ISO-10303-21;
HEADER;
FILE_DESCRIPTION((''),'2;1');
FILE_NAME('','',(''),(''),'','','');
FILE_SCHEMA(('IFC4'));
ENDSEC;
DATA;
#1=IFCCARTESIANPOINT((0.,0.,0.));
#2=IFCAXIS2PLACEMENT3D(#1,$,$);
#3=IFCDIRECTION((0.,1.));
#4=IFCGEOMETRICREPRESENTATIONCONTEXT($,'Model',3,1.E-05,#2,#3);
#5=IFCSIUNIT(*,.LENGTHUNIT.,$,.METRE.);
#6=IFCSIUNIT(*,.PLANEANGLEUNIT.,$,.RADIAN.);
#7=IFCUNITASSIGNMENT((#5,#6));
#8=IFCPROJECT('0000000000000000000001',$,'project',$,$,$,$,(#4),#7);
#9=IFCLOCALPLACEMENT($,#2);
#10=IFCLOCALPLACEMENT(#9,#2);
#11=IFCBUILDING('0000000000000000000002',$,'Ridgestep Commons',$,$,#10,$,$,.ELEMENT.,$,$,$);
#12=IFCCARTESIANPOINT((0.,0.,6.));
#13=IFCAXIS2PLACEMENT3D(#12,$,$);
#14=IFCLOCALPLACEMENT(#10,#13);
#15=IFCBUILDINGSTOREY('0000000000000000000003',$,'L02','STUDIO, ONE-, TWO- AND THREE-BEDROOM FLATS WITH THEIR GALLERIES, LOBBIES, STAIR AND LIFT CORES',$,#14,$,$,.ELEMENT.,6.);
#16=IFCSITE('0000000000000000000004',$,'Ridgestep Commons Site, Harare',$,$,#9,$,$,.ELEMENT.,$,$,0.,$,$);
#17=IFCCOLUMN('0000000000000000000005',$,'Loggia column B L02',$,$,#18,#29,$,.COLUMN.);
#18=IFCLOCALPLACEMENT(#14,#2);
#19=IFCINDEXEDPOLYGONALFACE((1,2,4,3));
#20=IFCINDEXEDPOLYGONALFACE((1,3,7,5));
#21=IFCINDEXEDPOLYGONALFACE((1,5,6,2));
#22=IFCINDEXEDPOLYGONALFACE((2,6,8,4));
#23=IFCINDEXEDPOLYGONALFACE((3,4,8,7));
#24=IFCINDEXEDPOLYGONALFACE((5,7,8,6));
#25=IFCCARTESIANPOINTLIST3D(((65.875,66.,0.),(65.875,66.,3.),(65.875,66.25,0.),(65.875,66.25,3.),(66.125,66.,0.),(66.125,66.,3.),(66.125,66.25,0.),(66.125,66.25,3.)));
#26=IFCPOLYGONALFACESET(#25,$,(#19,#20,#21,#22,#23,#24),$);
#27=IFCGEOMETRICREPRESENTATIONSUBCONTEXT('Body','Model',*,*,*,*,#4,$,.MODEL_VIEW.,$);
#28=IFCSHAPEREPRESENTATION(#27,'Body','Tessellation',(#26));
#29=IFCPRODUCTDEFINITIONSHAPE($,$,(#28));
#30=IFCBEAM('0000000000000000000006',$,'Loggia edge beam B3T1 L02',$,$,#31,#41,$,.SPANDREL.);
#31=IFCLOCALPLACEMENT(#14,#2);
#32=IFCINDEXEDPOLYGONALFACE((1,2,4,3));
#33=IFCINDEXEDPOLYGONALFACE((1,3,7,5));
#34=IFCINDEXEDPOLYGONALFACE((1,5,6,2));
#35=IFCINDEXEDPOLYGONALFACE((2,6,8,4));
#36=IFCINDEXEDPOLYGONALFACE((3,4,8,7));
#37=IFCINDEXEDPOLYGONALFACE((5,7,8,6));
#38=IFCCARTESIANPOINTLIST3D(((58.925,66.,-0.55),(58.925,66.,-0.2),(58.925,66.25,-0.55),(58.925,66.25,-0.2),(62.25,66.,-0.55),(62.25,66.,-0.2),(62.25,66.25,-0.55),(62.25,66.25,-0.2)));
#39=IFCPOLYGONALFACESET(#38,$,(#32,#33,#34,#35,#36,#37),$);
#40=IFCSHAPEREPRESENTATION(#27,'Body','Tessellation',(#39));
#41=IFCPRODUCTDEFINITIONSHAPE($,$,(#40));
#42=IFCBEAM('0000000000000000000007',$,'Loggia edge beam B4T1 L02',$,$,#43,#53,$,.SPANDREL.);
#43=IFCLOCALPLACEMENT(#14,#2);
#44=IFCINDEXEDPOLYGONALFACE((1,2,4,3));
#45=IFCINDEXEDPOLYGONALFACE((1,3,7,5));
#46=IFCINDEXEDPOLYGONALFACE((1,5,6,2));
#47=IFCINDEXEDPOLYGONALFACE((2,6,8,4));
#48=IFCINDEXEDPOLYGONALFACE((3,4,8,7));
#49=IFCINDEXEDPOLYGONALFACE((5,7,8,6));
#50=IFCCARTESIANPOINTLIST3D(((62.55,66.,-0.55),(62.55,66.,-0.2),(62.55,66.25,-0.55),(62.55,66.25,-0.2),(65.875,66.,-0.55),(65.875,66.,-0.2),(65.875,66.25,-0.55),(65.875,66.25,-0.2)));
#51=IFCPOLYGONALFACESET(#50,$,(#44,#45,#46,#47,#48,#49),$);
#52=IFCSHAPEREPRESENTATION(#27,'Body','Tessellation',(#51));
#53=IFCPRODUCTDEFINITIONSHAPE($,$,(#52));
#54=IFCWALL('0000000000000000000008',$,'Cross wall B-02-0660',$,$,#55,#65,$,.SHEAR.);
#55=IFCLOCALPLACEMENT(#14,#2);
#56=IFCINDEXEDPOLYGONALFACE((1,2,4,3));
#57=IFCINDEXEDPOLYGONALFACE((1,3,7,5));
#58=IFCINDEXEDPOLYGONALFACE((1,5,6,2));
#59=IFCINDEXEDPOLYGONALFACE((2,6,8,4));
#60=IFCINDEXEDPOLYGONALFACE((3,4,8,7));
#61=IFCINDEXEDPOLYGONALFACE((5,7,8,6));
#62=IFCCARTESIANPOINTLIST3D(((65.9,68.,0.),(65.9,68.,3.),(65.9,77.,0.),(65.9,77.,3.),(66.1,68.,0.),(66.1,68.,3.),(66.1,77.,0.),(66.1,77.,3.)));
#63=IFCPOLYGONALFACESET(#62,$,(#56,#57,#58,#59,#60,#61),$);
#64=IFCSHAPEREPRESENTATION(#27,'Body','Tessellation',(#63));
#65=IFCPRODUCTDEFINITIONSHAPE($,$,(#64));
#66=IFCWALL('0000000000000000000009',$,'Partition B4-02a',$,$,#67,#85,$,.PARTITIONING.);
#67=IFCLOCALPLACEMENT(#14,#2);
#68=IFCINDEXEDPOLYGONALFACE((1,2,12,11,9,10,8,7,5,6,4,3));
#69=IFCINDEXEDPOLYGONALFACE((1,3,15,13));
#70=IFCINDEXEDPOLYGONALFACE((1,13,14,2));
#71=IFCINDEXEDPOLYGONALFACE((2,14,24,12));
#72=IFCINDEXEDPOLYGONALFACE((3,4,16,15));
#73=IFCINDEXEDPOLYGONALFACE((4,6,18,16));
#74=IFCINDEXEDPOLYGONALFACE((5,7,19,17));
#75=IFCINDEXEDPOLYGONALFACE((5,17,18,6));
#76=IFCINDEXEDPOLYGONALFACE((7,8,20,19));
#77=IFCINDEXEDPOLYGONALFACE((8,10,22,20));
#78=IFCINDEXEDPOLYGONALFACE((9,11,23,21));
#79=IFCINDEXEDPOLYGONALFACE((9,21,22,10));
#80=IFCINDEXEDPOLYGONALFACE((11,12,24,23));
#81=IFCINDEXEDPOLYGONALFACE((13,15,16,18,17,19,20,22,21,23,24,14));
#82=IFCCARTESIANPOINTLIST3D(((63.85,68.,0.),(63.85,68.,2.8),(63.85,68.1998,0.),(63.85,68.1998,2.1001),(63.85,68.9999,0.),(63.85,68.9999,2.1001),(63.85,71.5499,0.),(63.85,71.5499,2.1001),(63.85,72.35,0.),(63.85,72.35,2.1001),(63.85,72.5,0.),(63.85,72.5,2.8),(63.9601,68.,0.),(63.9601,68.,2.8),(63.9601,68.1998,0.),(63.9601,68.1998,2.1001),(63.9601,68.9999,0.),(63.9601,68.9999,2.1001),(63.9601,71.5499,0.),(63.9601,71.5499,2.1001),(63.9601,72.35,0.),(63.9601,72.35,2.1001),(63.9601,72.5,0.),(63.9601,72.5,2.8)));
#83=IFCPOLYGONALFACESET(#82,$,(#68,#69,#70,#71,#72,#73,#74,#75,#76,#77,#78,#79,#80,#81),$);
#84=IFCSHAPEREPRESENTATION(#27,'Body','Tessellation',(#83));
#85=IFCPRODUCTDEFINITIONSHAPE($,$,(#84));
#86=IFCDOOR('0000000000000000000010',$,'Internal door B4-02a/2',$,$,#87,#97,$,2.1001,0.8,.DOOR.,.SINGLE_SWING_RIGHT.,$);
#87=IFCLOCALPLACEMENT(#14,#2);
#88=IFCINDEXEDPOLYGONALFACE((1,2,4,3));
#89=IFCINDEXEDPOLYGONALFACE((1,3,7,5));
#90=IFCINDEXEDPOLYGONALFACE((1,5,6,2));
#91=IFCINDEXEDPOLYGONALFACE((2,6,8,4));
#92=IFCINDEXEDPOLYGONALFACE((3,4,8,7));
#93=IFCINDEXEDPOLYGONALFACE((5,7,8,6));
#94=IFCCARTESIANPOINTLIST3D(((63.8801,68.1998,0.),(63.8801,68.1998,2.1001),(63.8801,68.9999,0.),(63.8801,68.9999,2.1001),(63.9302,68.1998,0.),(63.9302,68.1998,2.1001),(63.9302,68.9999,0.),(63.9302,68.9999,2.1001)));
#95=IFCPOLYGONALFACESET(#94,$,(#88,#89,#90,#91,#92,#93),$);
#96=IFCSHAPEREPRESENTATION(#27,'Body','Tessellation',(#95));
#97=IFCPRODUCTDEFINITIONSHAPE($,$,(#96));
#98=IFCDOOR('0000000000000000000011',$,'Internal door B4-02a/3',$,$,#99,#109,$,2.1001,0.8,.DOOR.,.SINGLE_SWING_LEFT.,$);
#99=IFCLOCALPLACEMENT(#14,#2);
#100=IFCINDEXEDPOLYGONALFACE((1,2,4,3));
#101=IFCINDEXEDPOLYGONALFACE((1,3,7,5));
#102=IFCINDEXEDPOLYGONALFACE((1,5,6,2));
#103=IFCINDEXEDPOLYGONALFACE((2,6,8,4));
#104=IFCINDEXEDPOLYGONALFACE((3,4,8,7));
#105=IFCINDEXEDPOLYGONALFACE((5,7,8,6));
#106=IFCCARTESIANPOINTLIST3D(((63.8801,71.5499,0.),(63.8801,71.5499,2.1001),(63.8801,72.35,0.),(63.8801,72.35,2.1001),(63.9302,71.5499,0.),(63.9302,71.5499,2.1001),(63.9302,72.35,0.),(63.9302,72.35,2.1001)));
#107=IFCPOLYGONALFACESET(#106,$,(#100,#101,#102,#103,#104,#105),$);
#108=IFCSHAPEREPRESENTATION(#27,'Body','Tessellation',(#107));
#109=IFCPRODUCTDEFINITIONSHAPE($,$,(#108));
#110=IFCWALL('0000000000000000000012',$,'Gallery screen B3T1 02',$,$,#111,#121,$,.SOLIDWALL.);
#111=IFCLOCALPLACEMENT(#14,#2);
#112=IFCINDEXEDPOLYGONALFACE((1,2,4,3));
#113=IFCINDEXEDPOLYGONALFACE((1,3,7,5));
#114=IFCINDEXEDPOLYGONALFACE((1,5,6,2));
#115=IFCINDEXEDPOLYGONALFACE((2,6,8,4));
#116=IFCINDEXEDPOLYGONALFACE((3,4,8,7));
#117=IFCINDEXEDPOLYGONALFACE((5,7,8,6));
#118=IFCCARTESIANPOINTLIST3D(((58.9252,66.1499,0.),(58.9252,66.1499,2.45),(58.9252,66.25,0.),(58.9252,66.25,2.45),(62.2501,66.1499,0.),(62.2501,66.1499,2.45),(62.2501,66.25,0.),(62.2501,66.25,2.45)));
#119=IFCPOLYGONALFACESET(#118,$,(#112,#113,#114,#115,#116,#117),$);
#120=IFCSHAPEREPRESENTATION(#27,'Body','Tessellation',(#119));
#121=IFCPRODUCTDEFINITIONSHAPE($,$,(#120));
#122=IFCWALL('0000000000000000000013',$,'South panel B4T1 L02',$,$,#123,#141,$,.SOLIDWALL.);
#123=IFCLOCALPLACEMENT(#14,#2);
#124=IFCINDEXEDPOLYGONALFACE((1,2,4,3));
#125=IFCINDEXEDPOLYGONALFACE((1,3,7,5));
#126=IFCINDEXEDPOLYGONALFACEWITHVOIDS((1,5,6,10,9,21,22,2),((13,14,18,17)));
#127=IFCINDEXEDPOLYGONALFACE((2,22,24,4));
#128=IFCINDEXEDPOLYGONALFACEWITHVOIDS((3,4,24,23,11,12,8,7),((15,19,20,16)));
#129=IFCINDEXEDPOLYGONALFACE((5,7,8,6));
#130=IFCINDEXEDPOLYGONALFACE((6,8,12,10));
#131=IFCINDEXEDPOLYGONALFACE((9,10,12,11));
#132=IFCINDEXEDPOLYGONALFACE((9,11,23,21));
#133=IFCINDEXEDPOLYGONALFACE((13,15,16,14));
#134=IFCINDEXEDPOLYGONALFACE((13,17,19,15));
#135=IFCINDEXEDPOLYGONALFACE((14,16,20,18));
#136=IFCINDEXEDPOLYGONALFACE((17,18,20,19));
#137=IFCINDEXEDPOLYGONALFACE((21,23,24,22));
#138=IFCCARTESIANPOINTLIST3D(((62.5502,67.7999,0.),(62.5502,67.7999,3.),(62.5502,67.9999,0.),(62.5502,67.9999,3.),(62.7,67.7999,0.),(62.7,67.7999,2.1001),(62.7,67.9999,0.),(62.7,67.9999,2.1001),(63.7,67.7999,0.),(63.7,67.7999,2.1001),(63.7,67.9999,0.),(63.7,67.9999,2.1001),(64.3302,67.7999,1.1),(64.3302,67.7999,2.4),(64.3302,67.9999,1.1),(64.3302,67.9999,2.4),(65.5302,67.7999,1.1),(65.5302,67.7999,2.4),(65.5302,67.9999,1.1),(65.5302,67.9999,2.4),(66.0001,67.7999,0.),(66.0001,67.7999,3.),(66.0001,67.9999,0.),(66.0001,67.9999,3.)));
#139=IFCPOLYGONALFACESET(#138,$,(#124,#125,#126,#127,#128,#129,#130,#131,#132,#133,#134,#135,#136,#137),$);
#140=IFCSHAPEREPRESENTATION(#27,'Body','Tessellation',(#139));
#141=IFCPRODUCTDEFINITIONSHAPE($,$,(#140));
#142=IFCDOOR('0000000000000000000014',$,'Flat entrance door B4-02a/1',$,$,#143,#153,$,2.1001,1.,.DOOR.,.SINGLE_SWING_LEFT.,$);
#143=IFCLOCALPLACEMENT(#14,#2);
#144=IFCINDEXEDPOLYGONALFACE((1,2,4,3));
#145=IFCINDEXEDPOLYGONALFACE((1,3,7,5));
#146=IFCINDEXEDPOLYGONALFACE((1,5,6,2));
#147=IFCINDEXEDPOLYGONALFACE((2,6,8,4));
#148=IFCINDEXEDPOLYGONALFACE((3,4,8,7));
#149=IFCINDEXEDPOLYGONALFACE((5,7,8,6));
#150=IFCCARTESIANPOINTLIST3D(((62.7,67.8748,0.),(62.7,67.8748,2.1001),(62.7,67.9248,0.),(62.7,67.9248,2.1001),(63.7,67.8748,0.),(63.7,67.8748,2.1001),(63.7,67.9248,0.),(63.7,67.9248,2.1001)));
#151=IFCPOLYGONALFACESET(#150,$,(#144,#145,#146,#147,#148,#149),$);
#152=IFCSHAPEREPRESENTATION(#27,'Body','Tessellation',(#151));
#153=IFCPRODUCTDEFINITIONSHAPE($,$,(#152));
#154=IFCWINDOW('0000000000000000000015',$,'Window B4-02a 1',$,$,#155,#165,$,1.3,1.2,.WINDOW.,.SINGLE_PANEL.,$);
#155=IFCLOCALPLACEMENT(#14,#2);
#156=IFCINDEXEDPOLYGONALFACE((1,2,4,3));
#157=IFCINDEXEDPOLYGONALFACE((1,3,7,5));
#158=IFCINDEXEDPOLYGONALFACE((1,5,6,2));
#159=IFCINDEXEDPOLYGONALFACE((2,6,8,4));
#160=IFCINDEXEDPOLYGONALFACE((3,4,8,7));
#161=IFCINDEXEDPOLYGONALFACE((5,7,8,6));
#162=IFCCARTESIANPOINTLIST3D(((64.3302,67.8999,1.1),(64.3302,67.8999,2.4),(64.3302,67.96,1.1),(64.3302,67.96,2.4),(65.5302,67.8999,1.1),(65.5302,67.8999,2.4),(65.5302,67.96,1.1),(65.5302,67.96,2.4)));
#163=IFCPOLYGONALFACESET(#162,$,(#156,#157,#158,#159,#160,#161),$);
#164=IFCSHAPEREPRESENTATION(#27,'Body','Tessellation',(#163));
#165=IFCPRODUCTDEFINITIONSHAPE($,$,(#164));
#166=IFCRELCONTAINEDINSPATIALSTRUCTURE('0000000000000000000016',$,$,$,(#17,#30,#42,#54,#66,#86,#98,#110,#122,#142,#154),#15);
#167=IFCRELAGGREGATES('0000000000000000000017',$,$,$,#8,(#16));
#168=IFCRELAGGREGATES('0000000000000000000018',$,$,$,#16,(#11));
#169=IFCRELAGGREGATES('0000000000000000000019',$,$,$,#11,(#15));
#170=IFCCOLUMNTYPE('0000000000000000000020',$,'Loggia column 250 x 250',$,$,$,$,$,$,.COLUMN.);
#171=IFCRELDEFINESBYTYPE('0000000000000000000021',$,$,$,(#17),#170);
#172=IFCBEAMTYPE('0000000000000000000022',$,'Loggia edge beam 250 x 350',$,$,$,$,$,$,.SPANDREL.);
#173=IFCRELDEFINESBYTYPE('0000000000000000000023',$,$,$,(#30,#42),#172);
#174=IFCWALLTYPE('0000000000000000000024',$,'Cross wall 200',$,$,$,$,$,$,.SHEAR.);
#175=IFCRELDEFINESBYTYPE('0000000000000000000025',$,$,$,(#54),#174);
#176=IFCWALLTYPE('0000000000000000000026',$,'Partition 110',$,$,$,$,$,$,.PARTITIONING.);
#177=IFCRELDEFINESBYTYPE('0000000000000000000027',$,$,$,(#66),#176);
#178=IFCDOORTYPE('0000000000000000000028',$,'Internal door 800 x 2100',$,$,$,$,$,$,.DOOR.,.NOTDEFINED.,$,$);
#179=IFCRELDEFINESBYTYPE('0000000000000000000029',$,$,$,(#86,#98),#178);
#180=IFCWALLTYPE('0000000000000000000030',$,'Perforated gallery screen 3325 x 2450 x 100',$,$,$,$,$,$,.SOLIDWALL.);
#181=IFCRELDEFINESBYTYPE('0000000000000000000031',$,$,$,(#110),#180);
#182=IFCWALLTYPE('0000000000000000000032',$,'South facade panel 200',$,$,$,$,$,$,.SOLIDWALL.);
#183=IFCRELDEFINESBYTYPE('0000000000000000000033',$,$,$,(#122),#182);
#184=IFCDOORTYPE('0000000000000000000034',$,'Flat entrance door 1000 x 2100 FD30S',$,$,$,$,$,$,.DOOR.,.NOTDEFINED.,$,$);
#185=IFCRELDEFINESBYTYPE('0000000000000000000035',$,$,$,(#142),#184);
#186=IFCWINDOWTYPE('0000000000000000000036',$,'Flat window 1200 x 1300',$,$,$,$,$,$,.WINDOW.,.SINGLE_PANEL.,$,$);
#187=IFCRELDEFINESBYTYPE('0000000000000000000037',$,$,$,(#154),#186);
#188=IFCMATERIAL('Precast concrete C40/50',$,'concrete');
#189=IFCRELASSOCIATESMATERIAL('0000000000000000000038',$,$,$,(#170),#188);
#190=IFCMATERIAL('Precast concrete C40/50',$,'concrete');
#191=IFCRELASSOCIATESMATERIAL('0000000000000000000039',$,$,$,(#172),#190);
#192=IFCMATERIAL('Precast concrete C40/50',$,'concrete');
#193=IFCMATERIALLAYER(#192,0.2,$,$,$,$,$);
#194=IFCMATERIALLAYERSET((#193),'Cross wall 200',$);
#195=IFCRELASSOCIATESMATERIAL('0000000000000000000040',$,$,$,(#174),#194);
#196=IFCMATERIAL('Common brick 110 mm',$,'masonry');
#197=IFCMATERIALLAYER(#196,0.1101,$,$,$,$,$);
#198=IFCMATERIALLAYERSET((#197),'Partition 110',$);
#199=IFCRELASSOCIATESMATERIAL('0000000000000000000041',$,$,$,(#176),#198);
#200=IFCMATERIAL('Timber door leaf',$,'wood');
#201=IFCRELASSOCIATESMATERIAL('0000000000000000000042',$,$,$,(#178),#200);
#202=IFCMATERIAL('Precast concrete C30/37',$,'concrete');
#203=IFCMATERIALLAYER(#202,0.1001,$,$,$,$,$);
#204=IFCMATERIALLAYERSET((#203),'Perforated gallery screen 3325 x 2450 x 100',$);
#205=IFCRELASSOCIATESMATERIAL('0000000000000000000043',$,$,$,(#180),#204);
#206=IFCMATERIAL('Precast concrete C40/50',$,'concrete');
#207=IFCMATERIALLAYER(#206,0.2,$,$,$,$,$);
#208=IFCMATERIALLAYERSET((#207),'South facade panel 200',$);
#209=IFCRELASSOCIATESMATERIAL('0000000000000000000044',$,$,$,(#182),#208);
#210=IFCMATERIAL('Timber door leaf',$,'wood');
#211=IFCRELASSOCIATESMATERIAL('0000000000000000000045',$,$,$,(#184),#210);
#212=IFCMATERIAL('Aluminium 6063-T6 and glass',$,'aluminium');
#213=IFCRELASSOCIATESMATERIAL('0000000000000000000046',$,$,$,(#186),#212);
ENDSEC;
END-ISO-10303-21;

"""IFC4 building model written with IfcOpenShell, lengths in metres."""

from ifc_helpers import new_model, si_unit, direction, frame, frame_2d, origin, origin_2d, place, context, subcontext, project, spatial, rectangle, extrude, material, layer, layer_set, material_profile, profile_set, type_object, element, fill, save


model = new_model("IFC4")

# Units and contexts
model_context = context("Model", 3, precision=1e-05, world=origin(), true_north=direction((0.0, 1.0)))
body_context = subcontext(model_context, "Body", "Model", "MODEL_VIEW")
ifc_project = project(units=[si_unit("LENGTHUNIT", "METRE"), si_unit("PLANEANGLEUNIT", "RADIAN")], contexts=[model_context])

# Site, building, storey
site_placement = place(None, origin())
site = spatial("IfcSite", under=ifc_project, at=site_placement, Name="Ridgestep Commons Site, Harare", CompositionType="ELEMENT", RefElevation=0.0)
building_placement = place(site_placement, origin())
building = spatial("IfcBuilding", under=site, at=building_placement, Name="Ridgestep Commons", CompositionType="ELEMENT")
storey_placement = place(building_placement, frame((0.0, 0.0, 6.0)))
storey = spatial("IfcBuildingStorey", under=building, at=storey_placement, Name="L02", Description="STUDIO, ONE-, TWO- AND THREE-BEDROOM FLATS WITH THEIR GALLERIES, LOBBIES, STAIR AND LIFT CORES", CompositionType="ELEMENT", Elevation=6.0)

# Column
ifc_material_1 = material(Name="Precast concrete C40/50", Category="concrete")
ifc_material_profile_1 = material_profile(ifc_material_1, rectangle(XDim=0.25, YDim=0.25, at=origin_2d()), Name="PC 250x250")
ifc_profile_set_1 = profile_set([ifc_material_profile_1], Name="Precast concrete C40/50")
column_type = type_object("IfcColumnType", Name="Loggia column 250 x 250", PredefinedType="COLUMN", material=ifc_profile_set_1)
column_placement = place(storey_placement, frame((66.0, 66.125, 0.0), z_axis=(0.0, 0.0, 1.0), x_axis=(1.0, 0.0, 0.0)))
element("IfcColumn", 1, at=column_placement, inside=storey, type_object=column_type, Name="Loggia column B L02", PredefinedType="COLUMN", context=body_context, shape_type="SweptSolid", body=[
    extrude(rectangle(XDim=0.25, YDim=0.25, at=origin_2d()), origin(), (0.0, 0.0, 1.0), 3.0),
])

# Beams
ifc_material_2 = material(Name="Precast concrete C40/50", Category="concrete")
ifc_material_profile_2 = material_profile(ifc_material_2, rectangle(XDim=0.25, YDim=0.3501, at=origin_2d()), Name="PC 250x350")
ifc_profile_set_2 = profile_set([ifc_material_profile_2], Name="Precast concrete C40/50")
beam_type = type_object("IfcBeamType", Name="Loggia edge beam 250 x 350", PredefinedType="SPANDREL", material=ifc_profile_set_2)
for number, where, z_axis, x_axis, name in (
    (2, (58.925, 66.125, -0.375), (1.0, 0.0, 0.0), (0.0, 1.0, 0.0), "Loggia edge beam B3T1 L02"),
    (3, (62.55, 66.125, -0.375), (1.0, 0.0, 0.0), (0.0, 1.0, 0.0), "Loggia edge beam B4T1 L02"),
):
    element("IfcBeam", number, at=place(storey_placement, frame(where, z_axis=z_axis, x_axis=x_axis)), inside=storey, type_object=beam_type, Name=name, PredefinedType="SPANDREL", context=body_context, shape_type="SweptSolid", body=[
        extrude(rectangle(XDim=0.25, YDim=0.3501, at=origin_2d()), origin(), (0.0, 0.0, 1.0), 3.325),
    ])

# Wall
ifc_material_3 = material(Name="Precast concrete C40/50", Category="concrete")
ifc_layer_1 = layer(ifc_material_3, 0.2)
ifc_layer_set_1 = layer_set([ifc_layer_1], Name="Cross wall 200")
wall_type_1 = type_object("IfcWallType", Name="Cross wall 200", PredefinedType="SHEAR", material=ifc_layer_set_1)
wall_1_placement = place(storey_placement, frame((66.0, 68.0, 0.0), z_axis=(0.0, 0.0, 1.0), x_axis=(0.0, 1.0, 0.0)))
element("IfcWall", 4, at=wall_1_placement, inside=storey, type_object=wall_type_1, Name="Cross wall B-02-0660", PredefinedType="SHEAR", context=body_context, shape_type="SweptSolid", body=[
    extrude(rectangle(XDim=9.0, YDim=0.2, at=frame_2d((4.5, 0.0))), origin(), (0.0, 0.0, 1.0), 3.0),
])

# Wall, openings, doors
ifc_material_4 = material(Name="Common brick 110 mm", Category="masonry")
ifc_layer_2 = layer(ifc_material_4, 0.1101)
ifc_layer_set_2 = layer_set([ifc_layer_2], Name="Partition 110")
wall_type_2 = type_object("IfcWallType", Name="Partition 110", PredefinedType="PARTITIONING", material=ifc_layer_set_2)
wall_2_placement = place(storey_placement, frame((63.905, 68.0, 0.0), z_axis=(0.0, 0.0, 1.0), x_axis=(0.0, 1.0, 0.0)))
wall_2 = element("IfcWall", 5, at=wall_2_placement, inside=storey, type_object=wall_type_2, Name="Partition B4-02a", PredefinedType="PARTITIONING", context=body_context, shape_type="SweptSolid", body=[
    extrude(rectangle(XDim=4.5, YDim=0.1101, at=frame_2d((2.25, 0.0))), origin(), (0.0, 0.0, 1.0), 2.8),
])
opening_1_placement = place(wall_2_placement, frame((0.2, 0.0, 0.0)))
opening_1 = element("IfcOpeningElement", 6, at=opening_1_placement, cuts=wall_2, PredefinedType="OPENING", context=body_context, shape_type="SweptSolid", body=[
    extrude(rectangle(XDim=0.8, YDim=2.1001, at=frame_2d((0.3999, 1.05))), frame((0.0, 0.0649, 0.0), z_axis=(0.0, -1.0, 0.0), x_axis=(1.0, 0.0, 0.0)), (0.0, 0.0, 1.0), 0.1301),
])
opening_2_placement = place(wall_2_placement, frame((3.55, 0.0, 0.0)))
opening_2 = element("IfcOpeningElement", 7, at=opening_2_placement, cuts=wall_2, PredefinedType="OPENING", context=body_context, shape_type="SweptSolid", body=[
    extrude(rectangle(XDim=0.8, YDim=2.1001, at=frame_2d((0.3999, 1.05))), frame((0.0, 0.0649, 0.0), z_axis=(0.0, -1.0, 0.0), x_axis=(1.0, 0.0, 0.0)), (0.0, 0.0, 1.0), 0.1301),
])
ifc_material_5 = material(Name="Timber door leaf", Category="wood")
door_type_1 = type_object("IfcDoorType", Name="Internal door 800 x 2100", OperationType="NOTDEFINED", PredefinedType="DOOR", material=ifc_material_5)
door_1_placement = place(opening_1_placement, origin())
door_1 = element("IfcDoor", 8, at=door_1_placement, inside=storey, type_object=door_type_1, Name="Internal door B4-02a/2", OperationType="SINGLE_SWING_RIGHT", OverallHeight=2.1001, OverallWidth=0.8, PredefinedType="DOOR", context=body_context, shape_type="SweptSolid", body=[
    extrude(rectangle(XDim=0.8, YDim=2.1001, at=frame_2d((0.3999, 1.05))), frame((0.0, 0.0249, 0.0), z_axis=(0.0, -1.0, 0.0), x_axis=(1.0, 0.0, 0.0)), (0.0, 0.0, 1.0), 0.05),
])
fill(opening_1, door_1)
door_2_placement = place(opening_2_placement, origin())
door_2 = element("IfcDoor", 9, at=door_2_placement, inside=storey, type_object=door_type_1, Name="Internal door B4-02a/3", OperationType="SINGLE_SWING_LEFT", OverallHeight=2.1001, OverallWidth=0.8, PredefinedType="DOOR", context=body_context, shape_type="SweptSolid", body=[
    extrude(rectangle(XDim=0.8, YDim=2.1001, at=frame_2d((0.3999, 1.05))), frame((0.0, 0.0249, 0.0), z_axis=(0.0, -1.0, 0.0), x_axis=(1.0, 0.0, 0.0)), (0.0, 0.0, 1.0), 0.05),
])
fill(opening_2, door_2)

# Wall
ifc_material_6 = material(Name="Precast concrete C30/37", Category="concrete")
ifc_layer_3 = layer(ifc_material_6, 0.1001)
ifc_layer_set_3 = layer_set([ifc_layer_3], Name="Perforated gallery screen 3325 x 2450 x 100")
wall_type_3 = type_object("IfcWallType", Name="Perforated gallery screen 3325 x 2450 x 100", PredefinedType="SOLIDWALL", material=ifc_layer_set_3)
wall_3_placement = place(storey_placement, frame((58.925, 66.2, 0.0), z_axis=(0.0, 0.0, 1.0), x_axis=(1.0, 0.0, 0.0)))
element("IfcWall", 10, at=wall_3_placement, inside=storey, type_object=wall_type_3, Name="Gallery screen B3T1 02", PredefinedType="SOLIDWALL", context=body_context, shape_type="SweptSolid", body=[
    extrude(rectangle(XDim=3.325, YDim=0.1001, at=frame_2d((1.6626, 0.0))), origin(), (0.0, 0.0, 1.0), 2.45),
])

# Wall, openings, door, window
ifc_material_7 = material(Name="Precast concrete C40/50", Category="concrete")
ifc_layer_4 = layer(ifc_material_7, 0.2)
ifc_layer_set_4 = layer_set([ifc_layer_4], Name="South facade panel 200")
wall_type_4 = type_object("IfcWallType", Name="South facade panel 200", PredefinedType="SOLIDWALL", material=ifc_layer_set_4)
wall_4_placement = place(storey_placement, frame((62.55, 67.8999, 0.0), z_axis=(0.0, 0.0, 1.0), x_axis=(1.0, 0.0, 0.0)))
wall_4 = element("IfcWall", 11, at=wall_4_placement, inside=storey, type_object=wall_type_4, Name="South panel B4T1 L02", PredefinedType="SOLIDWALL", context=body_context, shape_type="SweptSolid", body=[
    extrude(rectangle(XDim=3.45, YDim=0.2, at=frame_2d((1.7251, 0.0))), origin(), (0.0, 0.0, 1.0), 3.0),
])
opening_3_placement = place(wall_4_placement, frame((1.78, 0.0, 1.1001)))
opening_3 = element("IfcOpeningElement", 12, at=opening_3_placement, cuts=wall_4, PredefinedType="OPENING", context=body_context, shape_type="SweptSolid", body=[
    extrude(rectangle(XDim=1.2, YDim=1.3, at=frame_2d((0.6001, 0.6499))), frame((0.0, 0.1099, 0.0), z_axis=(0.0, -1.0, 0.0), x_axis=(1.0, 0.0, 0.0)), (0.0, 0.0, 1.0), 0.22),
])
opening_4_placement = place(wall_4_placement, frame((0.1499, 0.0, 0.0)))
opening_4 = element("IfcOpeningElement", 13, at=opening_4_placement, cuts=wall_4, PredefinedType="OPENING", context=body_context, shape_type="SweptSolid", body=[
    extrude(rectangle(XDim=1.0, YDim=2.1001, at=frame_2d((0.5, 1.05))), frame((0.0, 0.1099, 0.0), z_axis=(0.0, -1.0, 0.0), x_axis=(1.0, 0.0, 0.0)), (0.0, 0.0, 1.0), 0.22),
])
ifc_material_8 = material(Name="Timber door leaf", Category="wood")
door_type_2 = type_object("IfcDoorType", Name="Flat entrance door 1000 x 2100 FD30S", OperationType="NOTDEFINED", PredefinedType="DOOR", material=ifc_material_8)
door_3_placement = place(opening_4_placement, origin())
door_3 = element("IfcDoor", 14, at=door_3_placement, inside=storey, type_object=door_type_2, Name="Flat entrance door B4-02a/1", OperationType="SINGLE_SWING_LEFT", OverallHeight=2.1001, OverallWidth=1.0, PredefinedType="DOOR", context=body_context, shape_type="SweptSolid", body=[
    extrude(rectangle(XDim=1.0, YDim=2.1001, at=frame_2d((0.5, 1.05))), frame((0.0, 0.0249, 0.0), z_axis=(0.0, -1.0, 0.0), x_axis=(1.0, 0.0, 0.0)), (0.0, 0.0, 1.0), 0.05),
])
fill(opening_4, door_3)
ifc_material_9 = material(Name="Aluminium 6063-T6 and glass", Category="aluminium")
window_type_1 = type_object("IfcWindowType", Name="Flat window 1200 x 1300", PartitioningType="SINGLE_PANEL", PredefinedType="WINDOW", material=ifc_material_9)
window_1_placement = place(opening_3_placement, origin())
window_1 = element("IfcWindow", 15, at=window_1_placement, inside=storey, type_object=window_type_1, Name="Window B4-02a 1", OverallHeight=1.3, OverallWidth=1.2, PartitioningType="SINGLE_PANEL", PredefinedType="WINDOW", context=body_context, shape_type="SweptSolid", body=[
    extrude(rectangle(XDim=1.2, YDim=1.3, at=frame_2d((0.6001, 0.6499))), frame((0.0, 0.0601, 0.0), z_axis=(0.0, -1.0, 0.0), x_axis=(1.0, 0.0, 0.0)), (0.0, 0.0, 1.0), 0.0601),
])
fill(opening_3, window_1)

save(model, "model.ifc")
